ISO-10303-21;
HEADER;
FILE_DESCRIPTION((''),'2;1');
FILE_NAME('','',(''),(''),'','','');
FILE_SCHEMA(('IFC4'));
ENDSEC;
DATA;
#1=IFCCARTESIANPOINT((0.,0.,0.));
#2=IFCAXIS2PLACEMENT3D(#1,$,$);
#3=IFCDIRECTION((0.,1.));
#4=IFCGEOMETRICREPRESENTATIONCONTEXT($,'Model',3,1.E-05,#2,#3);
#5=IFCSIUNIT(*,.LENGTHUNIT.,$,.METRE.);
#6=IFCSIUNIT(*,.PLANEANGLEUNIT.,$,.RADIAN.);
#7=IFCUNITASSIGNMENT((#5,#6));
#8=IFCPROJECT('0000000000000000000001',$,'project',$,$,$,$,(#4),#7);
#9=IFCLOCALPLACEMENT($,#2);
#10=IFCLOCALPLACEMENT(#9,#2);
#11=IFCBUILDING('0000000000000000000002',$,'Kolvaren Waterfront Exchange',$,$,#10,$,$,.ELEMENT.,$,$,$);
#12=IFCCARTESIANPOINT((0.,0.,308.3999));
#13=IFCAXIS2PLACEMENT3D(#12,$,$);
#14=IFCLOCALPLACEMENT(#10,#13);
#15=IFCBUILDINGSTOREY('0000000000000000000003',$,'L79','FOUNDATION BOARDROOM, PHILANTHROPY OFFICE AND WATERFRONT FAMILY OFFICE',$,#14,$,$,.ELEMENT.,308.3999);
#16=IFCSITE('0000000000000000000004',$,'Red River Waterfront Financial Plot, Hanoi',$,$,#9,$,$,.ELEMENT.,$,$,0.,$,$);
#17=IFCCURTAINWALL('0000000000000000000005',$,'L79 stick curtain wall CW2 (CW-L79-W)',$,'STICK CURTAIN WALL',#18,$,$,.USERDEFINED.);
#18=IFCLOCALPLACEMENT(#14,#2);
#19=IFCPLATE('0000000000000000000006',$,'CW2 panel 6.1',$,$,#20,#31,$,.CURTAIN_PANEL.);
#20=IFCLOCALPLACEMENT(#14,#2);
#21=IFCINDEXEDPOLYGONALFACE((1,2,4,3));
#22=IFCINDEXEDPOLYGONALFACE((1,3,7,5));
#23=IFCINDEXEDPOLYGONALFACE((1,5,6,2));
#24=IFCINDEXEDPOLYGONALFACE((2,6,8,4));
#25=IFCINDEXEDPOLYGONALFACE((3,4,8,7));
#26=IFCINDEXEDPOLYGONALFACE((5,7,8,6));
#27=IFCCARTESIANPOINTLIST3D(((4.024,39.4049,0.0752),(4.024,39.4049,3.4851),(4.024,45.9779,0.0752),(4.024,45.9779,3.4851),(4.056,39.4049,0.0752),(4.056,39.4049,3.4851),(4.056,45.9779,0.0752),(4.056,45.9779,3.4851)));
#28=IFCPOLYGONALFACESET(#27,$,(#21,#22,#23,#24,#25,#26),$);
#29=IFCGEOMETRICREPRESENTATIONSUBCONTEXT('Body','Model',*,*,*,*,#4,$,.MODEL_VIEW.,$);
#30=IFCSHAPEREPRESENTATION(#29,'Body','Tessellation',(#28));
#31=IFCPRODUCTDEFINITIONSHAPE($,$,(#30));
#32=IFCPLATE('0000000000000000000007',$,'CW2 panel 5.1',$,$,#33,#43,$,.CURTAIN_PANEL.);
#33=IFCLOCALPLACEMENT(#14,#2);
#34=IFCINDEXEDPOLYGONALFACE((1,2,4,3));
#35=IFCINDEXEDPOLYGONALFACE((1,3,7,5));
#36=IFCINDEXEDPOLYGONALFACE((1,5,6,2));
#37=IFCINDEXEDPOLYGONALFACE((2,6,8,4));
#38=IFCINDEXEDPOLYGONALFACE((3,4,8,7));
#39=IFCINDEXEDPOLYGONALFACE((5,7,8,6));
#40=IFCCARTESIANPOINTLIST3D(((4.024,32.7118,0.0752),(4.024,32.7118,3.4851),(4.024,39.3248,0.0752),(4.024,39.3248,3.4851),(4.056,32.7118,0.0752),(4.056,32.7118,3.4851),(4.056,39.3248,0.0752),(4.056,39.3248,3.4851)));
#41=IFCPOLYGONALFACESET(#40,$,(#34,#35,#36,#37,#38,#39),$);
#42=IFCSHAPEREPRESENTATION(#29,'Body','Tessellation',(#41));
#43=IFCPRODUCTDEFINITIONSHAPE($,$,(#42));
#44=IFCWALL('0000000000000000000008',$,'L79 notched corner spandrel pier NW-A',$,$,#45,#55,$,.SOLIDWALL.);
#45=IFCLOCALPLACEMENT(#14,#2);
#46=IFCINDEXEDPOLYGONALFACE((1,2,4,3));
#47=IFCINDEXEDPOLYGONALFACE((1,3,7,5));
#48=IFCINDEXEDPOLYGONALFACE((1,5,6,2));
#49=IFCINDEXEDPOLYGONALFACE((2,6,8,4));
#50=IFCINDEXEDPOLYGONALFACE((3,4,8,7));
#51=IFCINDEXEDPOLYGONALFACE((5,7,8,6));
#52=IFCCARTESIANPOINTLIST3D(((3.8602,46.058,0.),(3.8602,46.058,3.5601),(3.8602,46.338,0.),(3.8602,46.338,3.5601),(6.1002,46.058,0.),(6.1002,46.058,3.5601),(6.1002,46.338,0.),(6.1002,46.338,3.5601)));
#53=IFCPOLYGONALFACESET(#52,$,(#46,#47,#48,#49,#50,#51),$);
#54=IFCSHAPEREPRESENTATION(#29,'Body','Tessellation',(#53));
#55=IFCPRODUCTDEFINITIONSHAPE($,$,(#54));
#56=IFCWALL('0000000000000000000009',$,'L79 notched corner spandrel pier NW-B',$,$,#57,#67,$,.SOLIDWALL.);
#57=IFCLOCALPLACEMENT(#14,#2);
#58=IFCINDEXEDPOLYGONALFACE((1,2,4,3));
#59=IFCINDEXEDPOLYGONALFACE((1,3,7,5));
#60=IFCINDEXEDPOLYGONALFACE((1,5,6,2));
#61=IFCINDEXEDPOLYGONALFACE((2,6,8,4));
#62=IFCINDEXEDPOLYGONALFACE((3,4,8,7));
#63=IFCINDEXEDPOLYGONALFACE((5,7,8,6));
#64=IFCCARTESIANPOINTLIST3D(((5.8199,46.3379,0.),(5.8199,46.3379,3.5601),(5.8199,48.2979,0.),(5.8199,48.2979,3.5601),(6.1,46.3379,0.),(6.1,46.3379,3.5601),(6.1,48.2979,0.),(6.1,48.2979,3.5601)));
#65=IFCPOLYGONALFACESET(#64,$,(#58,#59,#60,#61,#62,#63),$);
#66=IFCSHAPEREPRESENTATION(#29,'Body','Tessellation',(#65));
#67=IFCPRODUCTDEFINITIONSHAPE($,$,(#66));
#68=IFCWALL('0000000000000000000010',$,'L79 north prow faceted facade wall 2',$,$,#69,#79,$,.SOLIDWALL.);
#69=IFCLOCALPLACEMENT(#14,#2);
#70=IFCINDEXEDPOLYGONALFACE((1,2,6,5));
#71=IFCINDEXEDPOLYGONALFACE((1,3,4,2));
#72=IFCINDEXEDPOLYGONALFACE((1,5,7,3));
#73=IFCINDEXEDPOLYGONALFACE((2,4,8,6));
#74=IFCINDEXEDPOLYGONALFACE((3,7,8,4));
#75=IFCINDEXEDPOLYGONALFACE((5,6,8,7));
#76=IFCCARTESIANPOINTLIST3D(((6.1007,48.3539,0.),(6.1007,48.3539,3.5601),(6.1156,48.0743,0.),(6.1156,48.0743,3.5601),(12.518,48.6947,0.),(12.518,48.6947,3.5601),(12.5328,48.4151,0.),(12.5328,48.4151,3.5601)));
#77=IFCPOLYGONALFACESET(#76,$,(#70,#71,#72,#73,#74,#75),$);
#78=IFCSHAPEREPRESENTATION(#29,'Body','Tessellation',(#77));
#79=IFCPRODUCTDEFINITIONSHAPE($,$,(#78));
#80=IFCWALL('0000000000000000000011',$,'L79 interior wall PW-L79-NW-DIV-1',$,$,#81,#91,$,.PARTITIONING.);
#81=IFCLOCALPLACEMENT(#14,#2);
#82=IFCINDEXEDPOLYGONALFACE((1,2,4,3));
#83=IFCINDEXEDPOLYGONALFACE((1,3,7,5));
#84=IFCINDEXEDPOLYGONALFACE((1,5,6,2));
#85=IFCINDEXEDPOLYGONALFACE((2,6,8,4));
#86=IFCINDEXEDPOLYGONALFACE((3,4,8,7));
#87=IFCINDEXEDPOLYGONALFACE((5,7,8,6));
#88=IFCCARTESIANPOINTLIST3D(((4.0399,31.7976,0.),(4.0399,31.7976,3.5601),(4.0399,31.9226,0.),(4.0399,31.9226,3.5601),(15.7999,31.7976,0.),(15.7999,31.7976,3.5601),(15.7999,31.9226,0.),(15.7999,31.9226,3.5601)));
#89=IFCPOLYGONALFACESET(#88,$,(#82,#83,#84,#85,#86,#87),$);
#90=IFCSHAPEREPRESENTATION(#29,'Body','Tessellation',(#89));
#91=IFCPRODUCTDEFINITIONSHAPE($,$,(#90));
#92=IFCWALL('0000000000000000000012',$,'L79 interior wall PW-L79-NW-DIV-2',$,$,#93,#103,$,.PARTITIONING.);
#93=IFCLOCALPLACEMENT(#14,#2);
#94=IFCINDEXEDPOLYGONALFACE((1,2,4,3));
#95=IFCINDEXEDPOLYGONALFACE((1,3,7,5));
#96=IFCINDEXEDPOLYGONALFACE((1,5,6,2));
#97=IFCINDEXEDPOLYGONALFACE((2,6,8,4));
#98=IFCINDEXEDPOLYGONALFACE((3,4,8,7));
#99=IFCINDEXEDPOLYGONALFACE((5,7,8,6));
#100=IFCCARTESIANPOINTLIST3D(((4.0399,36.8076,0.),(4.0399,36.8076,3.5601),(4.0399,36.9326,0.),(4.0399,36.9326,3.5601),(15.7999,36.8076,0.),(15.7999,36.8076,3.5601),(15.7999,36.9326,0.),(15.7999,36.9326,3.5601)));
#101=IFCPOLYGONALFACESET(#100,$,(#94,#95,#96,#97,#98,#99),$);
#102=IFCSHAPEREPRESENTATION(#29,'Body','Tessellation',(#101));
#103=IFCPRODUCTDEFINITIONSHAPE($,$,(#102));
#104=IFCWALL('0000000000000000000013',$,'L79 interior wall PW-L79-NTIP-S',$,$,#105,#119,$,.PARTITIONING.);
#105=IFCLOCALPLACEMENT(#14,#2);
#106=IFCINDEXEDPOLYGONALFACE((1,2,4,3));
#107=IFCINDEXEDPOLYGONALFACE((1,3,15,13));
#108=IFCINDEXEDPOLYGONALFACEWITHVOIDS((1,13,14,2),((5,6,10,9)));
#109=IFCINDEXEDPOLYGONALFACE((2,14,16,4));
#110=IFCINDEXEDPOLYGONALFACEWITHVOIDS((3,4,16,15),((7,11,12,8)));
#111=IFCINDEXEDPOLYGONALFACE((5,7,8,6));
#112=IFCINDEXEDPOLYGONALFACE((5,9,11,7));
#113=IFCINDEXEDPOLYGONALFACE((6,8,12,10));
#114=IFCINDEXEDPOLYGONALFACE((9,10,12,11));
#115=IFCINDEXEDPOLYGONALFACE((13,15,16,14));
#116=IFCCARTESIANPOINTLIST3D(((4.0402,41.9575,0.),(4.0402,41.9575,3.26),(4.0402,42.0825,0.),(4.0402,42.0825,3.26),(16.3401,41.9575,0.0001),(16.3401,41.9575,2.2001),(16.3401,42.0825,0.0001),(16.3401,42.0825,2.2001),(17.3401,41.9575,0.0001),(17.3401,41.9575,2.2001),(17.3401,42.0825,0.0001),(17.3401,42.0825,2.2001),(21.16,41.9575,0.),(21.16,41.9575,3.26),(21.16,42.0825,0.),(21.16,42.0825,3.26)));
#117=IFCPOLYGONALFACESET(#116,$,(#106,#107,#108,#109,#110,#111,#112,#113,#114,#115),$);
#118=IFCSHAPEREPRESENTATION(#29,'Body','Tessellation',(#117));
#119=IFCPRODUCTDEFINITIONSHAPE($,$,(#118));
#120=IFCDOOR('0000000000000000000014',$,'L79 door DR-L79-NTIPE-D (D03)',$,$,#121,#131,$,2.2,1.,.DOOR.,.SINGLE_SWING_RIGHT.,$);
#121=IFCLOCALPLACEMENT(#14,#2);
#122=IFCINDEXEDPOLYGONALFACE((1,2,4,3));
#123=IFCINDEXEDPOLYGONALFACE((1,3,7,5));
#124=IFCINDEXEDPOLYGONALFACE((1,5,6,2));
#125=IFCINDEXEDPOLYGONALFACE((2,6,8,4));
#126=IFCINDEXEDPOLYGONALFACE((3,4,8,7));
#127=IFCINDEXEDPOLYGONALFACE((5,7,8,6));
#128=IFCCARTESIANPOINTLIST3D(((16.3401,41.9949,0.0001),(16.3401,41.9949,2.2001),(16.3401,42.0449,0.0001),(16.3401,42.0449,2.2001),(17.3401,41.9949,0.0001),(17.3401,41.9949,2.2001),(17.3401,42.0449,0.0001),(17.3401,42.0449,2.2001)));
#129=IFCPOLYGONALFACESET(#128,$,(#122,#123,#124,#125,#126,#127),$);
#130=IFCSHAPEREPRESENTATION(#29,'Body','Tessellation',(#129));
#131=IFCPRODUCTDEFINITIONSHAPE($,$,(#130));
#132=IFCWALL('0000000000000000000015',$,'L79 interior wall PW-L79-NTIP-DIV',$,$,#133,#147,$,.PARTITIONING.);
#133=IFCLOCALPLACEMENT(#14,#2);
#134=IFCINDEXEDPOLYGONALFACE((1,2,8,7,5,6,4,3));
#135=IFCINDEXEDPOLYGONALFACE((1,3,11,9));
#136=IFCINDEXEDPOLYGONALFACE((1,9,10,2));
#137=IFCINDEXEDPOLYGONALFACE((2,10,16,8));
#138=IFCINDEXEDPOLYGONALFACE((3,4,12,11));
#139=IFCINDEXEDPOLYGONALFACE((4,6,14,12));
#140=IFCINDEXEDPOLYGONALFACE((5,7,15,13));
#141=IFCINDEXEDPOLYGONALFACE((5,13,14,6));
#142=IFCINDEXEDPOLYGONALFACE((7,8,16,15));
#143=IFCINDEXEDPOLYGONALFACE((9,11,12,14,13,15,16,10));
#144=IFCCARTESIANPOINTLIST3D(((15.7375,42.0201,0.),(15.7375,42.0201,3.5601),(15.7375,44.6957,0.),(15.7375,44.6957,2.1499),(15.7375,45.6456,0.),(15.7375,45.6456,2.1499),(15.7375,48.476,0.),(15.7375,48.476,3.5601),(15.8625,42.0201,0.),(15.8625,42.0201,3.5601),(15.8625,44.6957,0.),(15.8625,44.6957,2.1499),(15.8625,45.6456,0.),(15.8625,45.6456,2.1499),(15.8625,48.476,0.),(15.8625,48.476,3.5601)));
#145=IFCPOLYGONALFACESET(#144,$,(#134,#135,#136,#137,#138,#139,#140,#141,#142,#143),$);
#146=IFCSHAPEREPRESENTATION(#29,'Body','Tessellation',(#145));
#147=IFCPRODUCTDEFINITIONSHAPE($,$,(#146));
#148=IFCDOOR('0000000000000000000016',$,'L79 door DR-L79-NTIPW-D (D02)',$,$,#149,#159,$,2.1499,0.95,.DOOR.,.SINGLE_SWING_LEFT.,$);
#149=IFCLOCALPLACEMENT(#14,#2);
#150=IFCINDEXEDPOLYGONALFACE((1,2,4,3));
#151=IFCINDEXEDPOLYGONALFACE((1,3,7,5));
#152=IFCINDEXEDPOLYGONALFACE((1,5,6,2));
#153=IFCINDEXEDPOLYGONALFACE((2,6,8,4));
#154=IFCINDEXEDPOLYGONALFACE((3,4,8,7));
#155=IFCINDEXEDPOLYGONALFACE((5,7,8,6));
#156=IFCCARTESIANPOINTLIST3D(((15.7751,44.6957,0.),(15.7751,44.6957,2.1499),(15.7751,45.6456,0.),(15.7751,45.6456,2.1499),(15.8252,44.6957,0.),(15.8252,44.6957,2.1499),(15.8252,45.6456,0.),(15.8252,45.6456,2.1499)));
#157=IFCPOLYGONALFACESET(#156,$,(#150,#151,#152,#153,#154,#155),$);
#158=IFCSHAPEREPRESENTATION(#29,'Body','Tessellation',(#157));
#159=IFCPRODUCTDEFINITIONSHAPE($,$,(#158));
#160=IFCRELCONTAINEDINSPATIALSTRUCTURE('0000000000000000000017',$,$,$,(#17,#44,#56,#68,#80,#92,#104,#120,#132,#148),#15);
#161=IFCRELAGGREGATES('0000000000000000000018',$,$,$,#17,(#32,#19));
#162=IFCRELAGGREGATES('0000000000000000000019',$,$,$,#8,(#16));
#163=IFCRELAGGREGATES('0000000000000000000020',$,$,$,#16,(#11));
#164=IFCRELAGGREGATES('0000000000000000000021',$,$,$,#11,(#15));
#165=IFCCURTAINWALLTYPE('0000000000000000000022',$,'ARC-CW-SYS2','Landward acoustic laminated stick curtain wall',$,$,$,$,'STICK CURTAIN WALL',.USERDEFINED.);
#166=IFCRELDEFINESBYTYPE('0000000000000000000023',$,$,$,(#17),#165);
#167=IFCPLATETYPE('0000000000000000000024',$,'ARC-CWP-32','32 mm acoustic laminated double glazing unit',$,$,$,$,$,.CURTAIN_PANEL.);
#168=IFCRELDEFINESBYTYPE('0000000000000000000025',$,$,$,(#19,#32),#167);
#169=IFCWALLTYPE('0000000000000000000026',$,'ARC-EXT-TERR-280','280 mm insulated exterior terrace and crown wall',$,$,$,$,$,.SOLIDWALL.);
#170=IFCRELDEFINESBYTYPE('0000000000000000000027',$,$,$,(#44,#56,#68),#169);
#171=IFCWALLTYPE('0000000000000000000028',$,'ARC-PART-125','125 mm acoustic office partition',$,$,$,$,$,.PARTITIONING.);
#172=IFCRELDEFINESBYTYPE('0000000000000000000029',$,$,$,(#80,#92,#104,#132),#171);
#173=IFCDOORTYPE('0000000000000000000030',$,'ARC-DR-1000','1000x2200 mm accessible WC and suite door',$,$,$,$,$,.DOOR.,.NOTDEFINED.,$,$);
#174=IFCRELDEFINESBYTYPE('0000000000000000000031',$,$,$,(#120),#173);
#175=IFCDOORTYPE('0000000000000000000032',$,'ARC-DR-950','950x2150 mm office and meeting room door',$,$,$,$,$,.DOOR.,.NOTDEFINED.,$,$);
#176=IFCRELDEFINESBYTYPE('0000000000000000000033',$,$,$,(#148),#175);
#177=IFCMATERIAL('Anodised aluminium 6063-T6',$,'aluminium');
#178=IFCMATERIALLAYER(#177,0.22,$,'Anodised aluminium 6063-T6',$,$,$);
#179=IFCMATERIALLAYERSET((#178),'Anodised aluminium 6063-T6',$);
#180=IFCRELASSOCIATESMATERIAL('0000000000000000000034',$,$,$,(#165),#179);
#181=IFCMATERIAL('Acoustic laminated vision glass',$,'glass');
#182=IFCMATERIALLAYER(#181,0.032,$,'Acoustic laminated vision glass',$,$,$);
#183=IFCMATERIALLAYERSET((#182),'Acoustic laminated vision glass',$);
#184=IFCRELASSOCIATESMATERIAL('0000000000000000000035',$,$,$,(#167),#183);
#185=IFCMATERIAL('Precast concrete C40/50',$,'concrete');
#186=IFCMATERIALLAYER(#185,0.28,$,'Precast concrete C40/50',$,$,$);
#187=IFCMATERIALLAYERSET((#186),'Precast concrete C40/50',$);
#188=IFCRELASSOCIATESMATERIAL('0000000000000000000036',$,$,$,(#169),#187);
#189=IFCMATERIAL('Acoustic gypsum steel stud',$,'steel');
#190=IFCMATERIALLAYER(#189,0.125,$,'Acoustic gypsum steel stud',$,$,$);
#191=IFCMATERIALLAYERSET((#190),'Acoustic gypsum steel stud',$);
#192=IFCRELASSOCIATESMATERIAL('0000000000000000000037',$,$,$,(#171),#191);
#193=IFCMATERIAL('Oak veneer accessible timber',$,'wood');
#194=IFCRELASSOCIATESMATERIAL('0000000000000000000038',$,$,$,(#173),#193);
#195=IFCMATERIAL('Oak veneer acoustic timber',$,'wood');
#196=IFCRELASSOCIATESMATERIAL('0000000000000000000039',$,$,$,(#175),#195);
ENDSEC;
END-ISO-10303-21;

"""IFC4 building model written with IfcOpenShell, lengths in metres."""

from ifc_helpers import new_model, si_unit, direction, frame, frame_2d, origin, origin_with_axes, origin_2d, place, context, subcontext, project, spatial, rectangle, extrude, source, transform, mapped, material, layer, layer_set, type_object, element, fill, aggregate, save


model = new_model("IFC4")

# Units and contexts
model_context = context("Model", 3, precision=1e-05, world=origin(), true_north=direction((0.0, 1.0)))
body_context = subcontext(model_context, "Body", "Model", "MODEL_VIEW")
ifc_project = project(units=[si_unit("LENGTHUNIT", "METRE"), si_unit("PLANEANGLEUNIT", "RADIAN")], contexts=[model_context])

# Site, building, storey
site_placement = place(None, origin())
site = spatial("IfcSite", under=ifc_project, at=site_placement, Name="Red River Waterfront Financial Plot, Hanoi", CompositionType="ELEMENT", RefElevation=0.0)
building_placement = place(site_placement, origin())
building = spatial("IfcBuilding", under=site, at=building_placement, Name="Kolvaren Waterfront Exchange", CompositionType="ELEMENT")
storey_placement = place(building_placement, frame((0.0, 0.0, 308.3999)))
storey = spatial("IfcBuildingStorey", under=building, at=storey_placement, Name="L79", Description="FOUNDATION BOARDROOM, PHILANTHROPY OFFICE AND WATERFRONT FAMILY OFFICE", CompositionType="ELEMENT", Elevation=308.3999)

# Curtain wall, plates
ifc_material_1 = material(Name="Anodised aluminium 6063-T6", Category="aluminium")
ifc_layer_1 = layer(ifc_material_1, 0.22, Name="Anodised aluminium 6063-T6")
ifc_layer_set_1 = layer_set([ifc_layer_1], Name="Anodised aluminium 6063-T6")
curtain_wall_type = type_object("IfcCurtainWallType", Name="ARC-CW-SYS2", Description="Landward acoustic laminated stick curtain wall", ElementType="STICK CURTAIN WALL", PredefinedType="USERDEFINED", material=ifc_layer_set_1)
curtain_wall_placement = place(storey_placement, origin())
curtain_wall = element("IfcCurtainWall", 1, at=curtain_wall_placement, inside=storey, type_object=curtain_wall_type, Name="L79 stick curtain wall CW2 (CW-L79-W)", ObjectType="STICK CURTAIN WALL", PredefinedType="USERDEFINED")
ifc_material_2 = material(Name="Acoustic laminated vision glass", Category="glass")
ifc_layer_2 = layer(ifc_material_2, 0.032, Name="Acoustic laminated vision glass")
ifc_layer_set_2 = layer_set([ifc_layer_2], Name="Acoustic laminated vision glass")
plate_type = type_object("IfcPlateType", Name="ARC-CWP-32", Description="32 mm acoustic laminated double glazing unit", PredefinedType="CURTAIN_PANEL", material=ifc_layer_set_2)
shared_shape_1 = source(origin_with_axes(), body_context, "Body", "SweptSolid", [
    extrude(rectangle(XDim=6.573, YDim=0.032, at=origin_2d()), origin(), (0.0, 0.0, 1.0), 3.4099),
])
plate_1_placement = place(storey_placement, frame((4.04, 42.6914, 0.0752), z_axis=(0.0, 0.0, 1.0), x_axis=(0.0, 1.0, 0.0)))
plate_1 = element("IfcPlate", 2, at=plate_1_placement, type_object=plate_type, Name="CW2 panel 6.1", PredefinedType="CURTAIN_PANEL", context=body_context, shape_type="MappedRepresentation", body=[
    mapped(shared_shape_1, transform((0.0, 0.0, 0.0), x_axis=(1.0, 0.0, 0.0), y_axis=(0.0, 1.0, 0.0), z_axis=(0.0, 0.0, 1.0), scale=1.0)),
])
shared_shape_2 = source(origin_with_axes(), body_context, "Body", "SweptSolid", [
    extrude(rectangle(XDim=6.613, YDim=0.032, at=origin_2d()), origin(), (0.0, 0.0, 1.0), 3.4099),
])
plate_2_placement = place(storey_placement, frame((4.04, 36.0183, 0.0752), z_axis=(0.0, 0.0, 1.0), x_axis=(0.0, 1.0, 0.0)))
plate_2 = element("IfcPlate", 3, at=plate_2_placement, type_object=plate_type, Name="CW2 panel 5.1", PredefinedType="CURTAIN_PANEL", context=body_context, shape_type="MappedRepresentation", body=[
    mapped(shared_shape_2, transform((0.0, 0.0, 0.0), x_axis=(1.0, 0.0, 0.0), y_axis=(0.0, 1.0, 0.0), z_axis=(0.0, 0.0, 1.0), scale=1.0)),
])
aggregate(curtain_wall, [plate_2, plate_1])

# Walls
ifc_material_3 = material(Name="Precast concrete C40/50", Category="concrete")
ifc_layer_3 = layer(ifc_material_3, 0.28, Name="Precast concrete C40/50")
ifc_layer_set_3 = layer_set([ifc_layer_3], Name="Precast concrete C40/50")
wall_type_1 = type_object("IfcWallType", Name="ARC-EXT-TERR-280", Description="280 mm insulated exterior terrace and crown wall", PredefinedType="SOLIDWALL", material=ifc_layer_set_3)
wall_1_placement = place(storey_placement, frame((3.8601, 46.198, 0.0), z_axis=(0.0, 0.0, 1.0), x_axis=(1.0, 0.0, 0.0)))
element("IfcWall", 4, at=wall_1_placement, inside=storey, type_object=wall_type_1, Name="L79 notched corner spandrel pier NW-A", PredefinedType="SOLIDWALL", context=body_context, shape_type="SweptSolid", body=[
    extrude(rectangle(XDim=2.24, YDim=0.28, at=frame_2d((1.1201, 0.0))), origin(), (0.0, 0.0, 1.0), 3.5601),
])
wall_2_placement = place(storey_placement, frame((5.96, 46.3379, 0.0), z_axis=(0.0, 0.0, 1.0), x_axis=(0.0, 1.0, 0.0)))
element("IfcWall", 5, at=wall_2_placement, inside=storey, type_object=wall_type_1, Name="L79 notched corner spandrel pier NW-B", PredefinedType="SOLIDWALL", context=body_context, shape_type="SweptSolid", body=[
    extrude(rectangle(XDim=1.96, YDim=0.28, at=frame_2d((0.98, 0.0))), origin(), (0.0, 0.0, 1.0), 3.5601),
])
wall_3_placement = place(storey_placement, frame((12.5254, 48.5549, 0.0), z_axis=(0.0, 0.0, 1.0), x_axis=(-0.998593, -0.053035, 0.0)))
element("IfcWall", 6, at=wall_3_placement, inside=storey, type_object=wall_type_1, Name="L79 north prow faceted facade wall 2", PredefinedType="SOLIDWALL", context=body_context, shape_type="SweptSolid", body=[
    extrude(rectangle(XDim=6.4263, YDim=0.28, at=frame_2d((3.2131, 0.0))), origin(), (0.0, 0.0, 1.0), 3.5601),
])
ifc_material_4 = material(Name="Acoustic gypsum steel stud", Category="steel")
ifc_layer_4 = layer(ifc_material_4, 0.125, Name="Acoustic gypsum steel stud")
ifc_layer_set_4 = layer_set([ifc_layer_4], Name="Acoustic gypsum steel stud")
wall_type_2 = type_object("IfcWallType", Name="ARC-PART-125", Description="125 mm acoustic office partition", PredefinedType="PARTITIONING", material=ifc_layer_set_4)
for number, where, z_axis, x_axis, name in (
    (7, (4.04, 31.8601, 0.0), (0.0, 0.0, 1.0), (1.0, 0.0, 0.0), "L79 interior wall PW-L79-NW-DIV-1"),
    (8, (4.04, 36.8701, 0.0), (0.0, 0.0, 1.0), (1.0, 0.0, 0.0), "L79 interior wall PW-L79-NW-DIV-2"),
):
    element("IfcWall", number, at=place(storey_placement, frame(where, z_axis=z_axis, x_axis=x_axis)), inside=storey, type_object=wall_type_2, Name=name, PredefinedType="PARTITIONING", context=body_context, shape_type="SweptSolid", body=[
        extrude(rectangle(XDim=11.76, YDim=0.125, at=frame_2d((5.8799, 0.0))), origin(), (0.0, 0.0, 1.0), 3.5601),
    ])

# Walls, openings, doors
wall_4_placement = place(storey_placement, frame((4.04, 42.02, 0.0), z_axis=(0.0, 0.0, 1.0), x_axis=(1.0, 0.0, 0.0)))
wall_4 = element("IfcWall", 9, at=wall_4_placement, inside=storey, type_object=wall_type_2, Name="L79 interior wall PW-L79-NTIP-S", PredefinedType="PARTITIONING", context=body_context, shape_type="SweptSolid", body=[
    extrude(rectangle(XDim=17.1199, YDim=0.125, at=frame_2d((8.5601, 0.0))), origin(), (0.0, 0.0, 1.0), 3.26),
])
opening_1_placement = place(wall_4_placement, frame((12.3, 0.0, 0.0)))
opening_1 = element("IfcOpeningElement", 10, at=opening_1_placement, cuts=wall_4, PredefinedType="OPENING", context=body_context, shape_type="SweptSolid", body=[
    extrude(rectangle(XDim=1.0, YDim=2.2, at=frame_2d((0.5, 1.1001))), frame((0.0, 0.0725, 0.0), z_axis=(0.0, -1.0, 0.0), x_axis=(1.0, 0.0, 0.0)), (0.0, 0.0, 1.0), 0.145),
])
ifc_material_5 = material(Name="Oak veneer accessible timber", Category="wood")
door_type_1 = type_object("IfcDoorType", Name="ARC-DR-1000", Description="1000x2200 mm accessible WC and suite door", OperationType="NOTDEFINED", PredefinedType="DOOR", material=ifc_material_5)
door_1_placement = place(opening_1_placement, origin())
door_1 = element("IfcDoor", 11, at=door_1_placement, inside=storey, type_object=door_type_1, Name="L79 door DR-L79-NTIPE-D (D03)", OperationType="SINGLE_SWING_RIGHT", OverallHeight=2.2, OverallWidth=1.0, PredefinedType="DOOR", context=body_context, shape_type="SweptSolid", body=[
    extrude(rectangle(XDim=1.0, YDim=2.2, at=frame_2d((0.5, 1.1001))), frame((0.0, 0.0249, 0.0), z_axis=(0.0, -1.0, 0.0), x_axis=(1.0, 0.0, 0.0)), (0.0, 0.0, 1.0), 0.05),
])
fill(opening_1, door_1)
wall_5_placement = place(storey_placement, frame((15.8, 42.02, 0.0), z_axis=(0.0, 0.0, 1.0), x_axis=(0.0, 1.0, 0.0)))
wall_5 = element("IfcWall", 12, at=wall_5_placement, inside=storey, type_object=wall_type_2, Name="L79 interior wall PW-L79-NTIP-DIV", PredefinedType="PARTITIONING", context=body_context, shape_type="SweptSolid", body=[
    extrude(rectangle(XDim=6.4558, YDim=0.125, at=frame_2d((3.228, 0.0))), origin(), (0.0, 0.0, 1.0), 3.5601),
])
opening_2_placement = place(wall_5_placement, frame((2.6755, 0.0, 0.0)))
opening_2 = element("IfcOpeningElement", 13, at=opening_2_placement, cuts=wall_5, PredefinedType="OPENING", context=body_context, shape_type="SweptSolid", body=[
    extrude(rectangle(XDim=0.95, YDim=2.1499, at=frame_2d((0.4751, 1.075))), frame((0.0, 0.0725, 0.0), z_axis=(0.0, -1.0, 0.0), x_axis=(1.0, 0.0, 0.0)), (0.0, 0.0, 1.0), 0.145),
])
ifc_material_6 = material(Name="Oak veneer acoustic timber", Category="wood")
door_type_2 = type_object("IfcDoorType", Name="ARC-DR-950", Description="950x2150 mm office and meeting room door", OperationType="NOTDEFINED", PredefinedType="DOOR", material=ifc_material_6)
door_2_placement = place(opening_2_placement, origin())
door_2 = element("IfcDoor", 14, at=door_2_placement, inside=storey, type_object=door_type_2, Name="L79 door DR-L79-NTIPW-D (D02)", OperationType="SINGLE_SWING_LEFT", OverallHeight=2.1499, OverallWidth=0.95, PredefinedType="DOOR", context=body_context, shape_type="SweptSolid", body=[
    extrude(rectangle(XDim=0.95, YDim=2.1499, at=frame_2d((0.4751, 1.075))), frame((0.0, 0.0249, 0.0), z_axis=(0.0, -1.0, 0.0), x_axis=(1.0, 0.0, 0.0)), (0.0, 0.0, 1.0), 0.05),
])
fill(opening_2, door_2)

save(model, "model.ifc")
